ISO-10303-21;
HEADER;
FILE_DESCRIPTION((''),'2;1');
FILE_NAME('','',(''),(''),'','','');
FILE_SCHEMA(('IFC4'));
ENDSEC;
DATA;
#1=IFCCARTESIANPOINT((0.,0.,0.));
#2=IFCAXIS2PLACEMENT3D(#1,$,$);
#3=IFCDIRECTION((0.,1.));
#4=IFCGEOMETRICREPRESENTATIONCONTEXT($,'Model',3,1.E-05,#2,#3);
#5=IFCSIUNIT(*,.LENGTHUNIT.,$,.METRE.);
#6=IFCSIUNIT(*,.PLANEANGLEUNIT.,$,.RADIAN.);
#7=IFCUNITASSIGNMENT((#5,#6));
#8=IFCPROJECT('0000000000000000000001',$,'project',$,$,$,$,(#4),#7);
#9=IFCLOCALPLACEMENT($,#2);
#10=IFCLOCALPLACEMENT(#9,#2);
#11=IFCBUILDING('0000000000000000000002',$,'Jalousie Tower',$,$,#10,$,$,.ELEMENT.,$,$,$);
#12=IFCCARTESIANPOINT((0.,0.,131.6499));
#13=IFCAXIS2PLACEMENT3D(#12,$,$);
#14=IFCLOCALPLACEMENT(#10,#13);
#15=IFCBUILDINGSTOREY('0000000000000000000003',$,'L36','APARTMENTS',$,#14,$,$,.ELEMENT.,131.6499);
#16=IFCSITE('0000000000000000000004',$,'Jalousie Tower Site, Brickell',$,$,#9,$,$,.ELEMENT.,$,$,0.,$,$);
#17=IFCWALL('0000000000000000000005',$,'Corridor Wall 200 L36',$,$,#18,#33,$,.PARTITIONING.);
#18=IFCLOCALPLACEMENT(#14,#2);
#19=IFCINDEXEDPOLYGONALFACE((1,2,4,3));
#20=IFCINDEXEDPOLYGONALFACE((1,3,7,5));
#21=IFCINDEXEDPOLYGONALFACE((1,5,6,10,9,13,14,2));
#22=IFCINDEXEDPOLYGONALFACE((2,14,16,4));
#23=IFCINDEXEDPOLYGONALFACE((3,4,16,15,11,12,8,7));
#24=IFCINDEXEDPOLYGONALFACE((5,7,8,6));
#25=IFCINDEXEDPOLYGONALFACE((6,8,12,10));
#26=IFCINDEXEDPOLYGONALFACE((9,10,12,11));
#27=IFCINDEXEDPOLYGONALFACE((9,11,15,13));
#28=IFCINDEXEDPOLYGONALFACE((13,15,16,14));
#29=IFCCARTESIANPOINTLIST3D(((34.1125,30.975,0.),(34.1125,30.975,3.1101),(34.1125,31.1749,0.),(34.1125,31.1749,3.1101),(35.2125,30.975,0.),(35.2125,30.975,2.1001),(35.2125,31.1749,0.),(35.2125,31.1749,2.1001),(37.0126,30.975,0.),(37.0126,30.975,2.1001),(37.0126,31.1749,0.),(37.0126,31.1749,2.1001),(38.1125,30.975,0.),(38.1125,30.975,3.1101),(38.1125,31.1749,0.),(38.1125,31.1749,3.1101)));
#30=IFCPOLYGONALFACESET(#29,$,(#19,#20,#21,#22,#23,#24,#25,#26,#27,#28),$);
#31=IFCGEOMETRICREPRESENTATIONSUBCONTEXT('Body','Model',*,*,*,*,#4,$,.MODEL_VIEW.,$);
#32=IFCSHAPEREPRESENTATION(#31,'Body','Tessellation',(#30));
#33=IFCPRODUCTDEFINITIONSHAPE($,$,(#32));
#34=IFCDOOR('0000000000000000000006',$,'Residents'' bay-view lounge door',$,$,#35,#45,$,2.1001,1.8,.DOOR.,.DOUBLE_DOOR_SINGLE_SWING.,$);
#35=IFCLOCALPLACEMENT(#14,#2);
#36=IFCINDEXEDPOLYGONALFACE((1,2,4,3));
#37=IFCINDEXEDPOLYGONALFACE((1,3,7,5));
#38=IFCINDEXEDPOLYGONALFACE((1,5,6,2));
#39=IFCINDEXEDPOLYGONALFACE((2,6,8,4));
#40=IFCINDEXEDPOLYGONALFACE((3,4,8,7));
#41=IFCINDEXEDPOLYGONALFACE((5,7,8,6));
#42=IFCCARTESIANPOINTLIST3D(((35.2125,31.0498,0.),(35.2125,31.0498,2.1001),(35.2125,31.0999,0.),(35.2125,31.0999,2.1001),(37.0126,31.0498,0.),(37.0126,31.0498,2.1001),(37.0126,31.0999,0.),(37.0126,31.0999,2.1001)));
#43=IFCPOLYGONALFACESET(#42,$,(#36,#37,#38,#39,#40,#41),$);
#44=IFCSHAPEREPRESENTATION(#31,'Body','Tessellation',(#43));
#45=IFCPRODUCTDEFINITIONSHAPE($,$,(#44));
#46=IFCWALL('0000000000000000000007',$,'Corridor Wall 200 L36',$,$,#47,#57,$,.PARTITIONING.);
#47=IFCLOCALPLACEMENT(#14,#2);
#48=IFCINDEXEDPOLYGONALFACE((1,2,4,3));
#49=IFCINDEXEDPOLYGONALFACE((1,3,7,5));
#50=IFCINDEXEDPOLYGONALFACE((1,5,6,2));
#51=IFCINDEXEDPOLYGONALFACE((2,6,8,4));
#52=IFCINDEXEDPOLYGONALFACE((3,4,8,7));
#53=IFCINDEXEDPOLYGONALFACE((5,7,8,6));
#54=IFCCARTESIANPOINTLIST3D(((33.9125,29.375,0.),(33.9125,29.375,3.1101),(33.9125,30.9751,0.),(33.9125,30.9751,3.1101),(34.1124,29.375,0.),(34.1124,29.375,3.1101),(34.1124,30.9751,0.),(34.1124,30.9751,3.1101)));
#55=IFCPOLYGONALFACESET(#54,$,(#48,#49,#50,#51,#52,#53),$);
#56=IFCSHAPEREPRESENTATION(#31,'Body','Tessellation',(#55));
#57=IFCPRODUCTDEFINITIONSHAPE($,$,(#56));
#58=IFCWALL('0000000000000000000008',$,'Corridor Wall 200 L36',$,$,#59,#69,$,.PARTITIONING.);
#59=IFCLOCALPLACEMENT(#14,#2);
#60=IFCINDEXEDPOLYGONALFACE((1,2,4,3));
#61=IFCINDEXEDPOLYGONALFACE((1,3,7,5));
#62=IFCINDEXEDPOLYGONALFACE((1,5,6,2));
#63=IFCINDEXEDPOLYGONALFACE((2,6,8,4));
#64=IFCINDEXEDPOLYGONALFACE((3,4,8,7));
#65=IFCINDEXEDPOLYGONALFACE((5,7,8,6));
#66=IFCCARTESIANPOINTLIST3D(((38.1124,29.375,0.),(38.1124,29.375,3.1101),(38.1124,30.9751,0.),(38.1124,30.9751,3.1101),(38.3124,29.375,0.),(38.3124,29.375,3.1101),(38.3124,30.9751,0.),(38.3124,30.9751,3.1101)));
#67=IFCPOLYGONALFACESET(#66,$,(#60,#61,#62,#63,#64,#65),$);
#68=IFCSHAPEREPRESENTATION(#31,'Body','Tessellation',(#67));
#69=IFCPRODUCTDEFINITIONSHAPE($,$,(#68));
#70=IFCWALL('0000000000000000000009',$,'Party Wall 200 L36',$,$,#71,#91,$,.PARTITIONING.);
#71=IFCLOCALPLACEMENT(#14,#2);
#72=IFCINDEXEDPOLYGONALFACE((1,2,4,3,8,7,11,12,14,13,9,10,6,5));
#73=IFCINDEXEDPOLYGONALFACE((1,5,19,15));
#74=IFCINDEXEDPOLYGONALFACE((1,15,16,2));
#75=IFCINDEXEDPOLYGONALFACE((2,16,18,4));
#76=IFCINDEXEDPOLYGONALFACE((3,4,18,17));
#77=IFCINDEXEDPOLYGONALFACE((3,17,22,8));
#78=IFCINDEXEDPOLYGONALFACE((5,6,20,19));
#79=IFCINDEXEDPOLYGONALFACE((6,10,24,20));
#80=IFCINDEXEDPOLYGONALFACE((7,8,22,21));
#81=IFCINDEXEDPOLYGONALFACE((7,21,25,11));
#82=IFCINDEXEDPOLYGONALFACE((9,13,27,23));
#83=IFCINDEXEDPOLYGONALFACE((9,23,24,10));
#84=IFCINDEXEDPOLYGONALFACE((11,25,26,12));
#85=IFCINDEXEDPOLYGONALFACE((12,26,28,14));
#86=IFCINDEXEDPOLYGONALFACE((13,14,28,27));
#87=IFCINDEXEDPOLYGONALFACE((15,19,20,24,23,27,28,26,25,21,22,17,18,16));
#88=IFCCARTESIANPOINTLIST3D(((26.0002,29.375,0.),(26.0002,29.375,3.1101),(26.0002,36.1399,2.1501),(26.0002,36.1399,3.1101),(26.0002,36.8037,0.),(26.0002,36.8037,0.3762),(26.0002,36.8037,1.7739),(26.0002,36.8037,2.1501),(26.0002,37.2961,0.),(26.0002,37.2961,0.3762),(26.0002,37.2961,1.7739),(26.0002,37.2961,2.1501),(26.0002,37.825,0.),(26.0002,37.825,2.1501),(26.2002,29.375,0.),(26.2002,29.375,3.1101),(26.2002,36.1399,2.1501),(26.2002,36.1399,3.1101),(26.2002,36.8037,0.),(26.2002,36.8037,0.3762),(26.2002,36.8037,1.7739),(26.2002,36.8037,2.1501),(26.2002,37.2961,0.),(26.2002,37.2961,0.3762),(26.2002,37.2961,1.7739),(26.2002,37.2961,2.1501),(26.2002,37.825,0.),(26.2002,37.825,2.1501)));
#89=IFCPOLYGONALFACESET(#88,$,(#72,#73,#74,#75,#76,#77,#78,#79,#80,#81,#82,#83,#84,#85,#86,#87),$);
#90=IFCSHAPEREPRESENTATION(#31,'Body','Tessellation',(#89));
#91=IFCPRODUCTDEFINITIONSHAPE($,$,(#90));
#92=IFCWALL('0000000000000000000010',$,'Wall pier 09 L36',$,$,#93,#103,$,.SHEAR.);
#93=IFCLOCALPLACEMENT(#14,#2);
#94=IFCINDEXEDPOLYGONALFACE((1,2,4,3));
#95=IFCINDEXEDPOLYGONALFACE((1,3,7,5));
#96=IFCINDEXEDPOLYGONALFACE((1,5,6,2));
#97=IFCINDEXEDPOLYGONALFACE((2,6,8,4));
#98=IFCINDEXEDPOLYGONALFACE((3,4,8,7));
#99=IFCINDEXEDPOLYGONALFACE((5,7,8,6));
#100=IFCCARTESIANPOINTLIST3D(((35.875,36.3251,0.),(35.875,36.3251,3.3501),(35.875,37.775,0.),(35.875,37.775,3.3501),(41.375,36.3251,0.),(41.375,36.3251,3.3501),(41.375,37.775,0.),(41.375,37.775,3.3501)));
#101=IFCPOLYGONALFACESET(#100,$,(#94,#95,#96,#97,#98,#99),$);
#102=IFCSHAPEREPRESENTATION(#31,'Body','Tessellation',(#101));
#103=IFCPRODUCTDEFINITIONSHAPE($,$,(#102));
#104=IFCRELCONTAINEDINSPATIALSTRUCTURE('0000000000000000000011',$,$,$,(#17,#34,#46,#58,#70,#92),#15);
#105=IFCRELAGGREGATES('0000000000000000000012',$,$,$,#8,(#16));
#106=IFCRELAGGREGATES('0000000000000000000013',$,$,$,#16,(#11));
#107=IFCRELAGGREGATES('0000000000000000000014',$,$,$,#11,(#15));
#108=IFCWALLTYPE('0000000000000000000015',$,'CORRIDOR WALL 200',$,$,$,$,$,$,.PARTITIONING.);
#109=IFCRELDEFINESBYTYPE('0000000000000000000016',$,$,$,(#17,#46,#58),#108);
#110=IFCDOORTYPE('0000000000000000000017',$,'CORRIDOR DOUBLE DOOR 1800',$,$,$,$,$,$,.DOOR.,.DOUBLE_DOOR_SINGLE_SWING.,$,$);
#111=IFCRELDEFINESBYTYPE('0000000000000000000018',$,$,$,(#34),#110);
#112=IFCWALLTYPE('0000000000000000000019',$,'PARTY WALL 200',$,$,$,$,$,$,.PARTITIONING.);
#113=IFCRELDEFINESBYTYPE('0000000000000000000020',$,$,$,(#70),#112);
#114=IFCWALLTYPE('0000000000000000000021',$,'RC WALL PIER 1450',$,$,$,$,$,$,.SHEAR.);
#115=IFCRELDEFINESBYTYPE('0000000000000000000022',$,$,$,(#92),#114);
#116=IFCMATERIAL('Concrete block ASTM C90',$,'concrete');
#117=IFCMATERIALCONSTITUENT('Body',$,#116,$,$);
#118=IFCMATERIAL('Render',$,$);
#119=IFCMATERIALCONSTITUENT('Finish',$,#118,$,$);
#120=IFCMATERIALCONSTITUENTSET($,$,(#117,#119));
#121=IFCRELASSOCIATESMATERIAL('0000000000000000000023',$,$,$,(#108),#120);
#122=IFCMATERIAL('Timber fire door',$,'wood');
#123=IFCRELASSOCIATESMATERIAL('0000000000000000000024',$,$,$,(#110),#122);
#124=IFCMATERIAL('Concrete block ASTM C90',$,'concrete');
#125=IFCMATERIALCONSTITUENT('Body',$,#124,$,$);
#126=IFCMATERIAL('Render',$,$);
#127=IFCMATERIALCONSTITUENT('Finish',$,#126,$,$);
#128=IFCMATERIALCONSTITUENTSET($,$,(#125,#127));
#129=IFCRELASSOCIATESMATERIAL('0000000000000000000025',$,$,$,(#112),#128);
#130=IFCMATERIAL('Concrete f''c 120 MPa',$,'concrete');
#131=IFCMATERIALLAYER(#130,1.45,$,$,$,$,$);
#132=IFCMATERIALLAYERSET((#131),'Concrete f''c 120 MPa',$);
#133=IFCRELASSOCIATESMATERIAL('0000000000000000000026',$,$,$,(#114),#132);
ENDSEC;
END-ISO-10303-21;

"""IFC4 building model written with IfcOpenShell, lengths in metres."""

from ifc_helpers import new_model, si_unit, direction, frame, frame_2d, origin, place, context, subcontext, project, spatial, polyline, rectangle, outline, extrude, material, layer, layer_set, constituent, constituent_set, type_object, element, fill, save


model = new_model("IFC4")

# Units and contexts
model_context = context("Model", 3, precision=1e-05, world=origin(), true_north=direction((0.0, 1.0)))
body_context = subcontext(model_context, "Body", "Model", "MODEL_VIEW")
ifc_project = project(units=[si_unit("LENGTHUNIT", "METRE"), si_unit("PLANEANGLEUNIT", "RADIAN")], contexts=[model_context])

# Site, building, storey
site_placement = place(None, origin())
site = spatial("IfcSite", under=ifc_project, at=site_placement, Name="Jalousie Tower Site, Brickell", CompositionType="ELEMENT", RefElevation=0.0)
building_placement = place(site_placement, origin())
building = spatial("IfcBuilding", under=site, at=building_placement, Name="Jalousie Tower", CompositionType="ELEMENT")
storey_placement = place(building_placement, frame((0.0, 0.0, 131.6499)))
storey = spatial("IfcBuildingStorey", under=building, at=storey_placement, Name="L36", Description="APARTMENTS", CompositionType="ELEMENT", Elevation=131.6499)

# Shared definitions
ifc_material_1 = material(Name="Concrete block ASTM C90", Category="concrete")
ifc_constituent_1 = constituent(ifc_material_1, Name="Body")
ifc_material_2 = material(Name="Render")
ifc_constituent_2 = constituent(ifc_material_2, Name="Finish")
ifc_constituent_set_1 = constituent_set(constituents=[ifc_constituent_1, ifc_constituent_2])
wall_type_1 = type_object("IfcWallType", Name="CORRIDOR WALL 200", PredefinedType="PARTITIONING", material=ifc_constituent_set_1)

# Wall, opening, door
wall_1_placement = place(storey_placement, frame((34.1125, 31.075, 0.0), z_axis=(0.0, 0.0, 1.0), x_axis=(1.0, 0.0, 0.0)))
wall_1 = element("IfcWall", 1, at=wall_1_placement, inside=storey, type_object=wall_type_1, Name="Corridor Wall 200 L36", PredefinedType="PARTITIONING", context=body_context, shape_type="SweptSolid", body=[
    extrude(rectangle(XDim=4.0, YDim=0.2, at=frame_2d((2.0, 0.0))), origin(), (0.0, 0.0, 1.0), 3.1101),
])
opening_1_placement = place(wall_1_placement, frame((1.1001, 0.0, 0.0)))
opening_1 = element("IfcOpeningElement", 2, at=opening_1_placement, cuts=wall_1, PredefinedType="OPENING", context=body_context, shape_type="SweptSolid", body=[
    extrude(rectangle(XDim=1.8, YDim=2.1001, at=frame_2d((0.8999, 1.05))), frame((0.0, 0.1099, 0.0), z_axis=(0.0, -1.0, 0.0), x_axis=(1.0, 0.0, 0.0)), (0.0, 0.0, 1.0), 0.22),
])
ifc_material_3 = material(Name="Timber fire door", Category="wood")
door_type_1 = type_object("IfcDoorType", Name="CORRIDOR DOUBLE DOOR 1800", OperationType="DOUBLE_DOOR_SINGLE_SWING", PredefinedType="DOOR", material=ifc_material_3)
door_1_placement = place(opening_1_placement, origin())
door_1 = element("IfcDoor", 3, at=door_1_placement, inside=storey, type_object=door_type_1, Name="Residents' bay-view lounge door", OperationType="DOUBLE_DOOR_SINGLE_SWING", OverallHeight=2.1001, OverallWidth=1.8, PredefinedType="DOOR", context=body_context, shape_type="SweptSolid", body=[
    extrude(rectangle(XDim=1.8, YDim=2.1001, at=frame_2d((0.8999, 1.05))), frame((0.0, 0.0249, 0.0), z_axis=(0.0, -1.0, 0.0), x_axis=(1.0, 0.0, 0.0)), (0.0, 0.0, 1.0), 0.05),
])
fill(opening_1, door_1)

# Walls
for number, where, z_axis, x_axis, name in (
    (4, (34.0125, 29.375, 0.0), (0.0, 0.0, 1.0), (0.0, 1.0, 0.0), "Corridor Wall 200 L36"),
    (5, (38.2124, 29.375, 0.0), (0.0, 0.0, 1.0), (0.0, 1.0, 0.0), "Corridor Wall 200 L36"),
):
    element("IfcWall", number, at=place(storey_placement, frame(where, z_axis=z_axis, x_axis=x_axis)), inside=storey, type_object=wall_type_1, Name=name, PredefinedType="PARTITIONING", context=body_context, shape_type="SweptSolid", body=[
        extrude(rectangle(XDim=1.6001, YDim=0.2, at=frame_2d((0.8, 0.0))), origin(), (0.0, 0.0, 1.0), 3.1101),
    ])
ifc_material_4 = material(Name="Concrete block ASTM C90", Category="concrete")
ifc_constituent_3 = constituent(ifc_material_4, Name="Body")
ifc_material_5 = material(Name="Render")
ifc_constituent_4 = constituent(ifc_material_5, Name="Finish")
ifc_constituent_set_2 = constituent_set(constituents=[ifc_constituent_3, ifc_constituent_4])
wall_type_2 = type_object("IfcWallType", Name="PARTY WALL 200", PredefinedType="PARTITIONING", material=ifc_constituent_set_2)
wall_2_placement = place(storey_placement, frame((26.1001, 37.825, 0.0), z_axis=(0.0, 0.0, 1.0), x_axis=(0.0, -1.0, 0.0)))
element("IfcWall", 6, at=wall_2_placement, inside=storey, type_object=wall_type_2, Name="Party Wall 200 L36", PredefinedType="PARTITIONING", context=body_context, shape_type="SweptSolid", body=[
    extrude(outline(polyline([(0.5288, 2.1501), (0.0, 2.1501), (0.0, 0.0), (0.5288, 0.0), (0.5288, 0.3762), (1.0212, 0.3762), (1.0212, 0.0), (8.45, 0.0), (8.45, 3.1101), (1.6851, 3.1101), (1.6851, 2.1501), (1.0212, 2.1501), (1.0212, 1.7739), (0.5288, 1.7739), (0.5288, 2.1501)])), frame((0.0, 0.1001, 0.0), z_axis=(0.0, -1.0, 0.0), x_axis=(1.0, 0.0, 0.0)), (0.0, 0.0, 1.0), 0.2),
])
ifc_material_6 = material(Name="Concrete f'c 120 MPa", Category="concrete")
ifc_layer_1 = layer(ifc_material_6, 1.45)
ifc_layer_set_1 = layer_set([ifc_layer_1], Name="Concrete f'c 120 MPa")
wall_type_3 = type_object("IfcWallType", Name="RC WALL PIER 1450", PredefinedType="SHEAR", material=ifc_layer_set_1)
wall_3_placement = place(storey_placement, frame((35.875, 37.05, 0.0), z_axis=(0.0, 0.0, 1.0), x_axis=(1.0, 0.0, 0.0)))
element("IfcWall", 7, at=wall_3_placement, inside=storey, type_object=wall_type_3, Name="Wall pier 09 L36", PredefinedType="SHEAR", context=body_context, shape_type="SweptSolid", body=[
    extrude(rectangle(XDim=5.5, YDim=1.45, at=frame_2d((2.75, 0.0))), origin(), (0.0, 0.0, 1.0), 3.3501),
])

save(model, "model.ifc")
